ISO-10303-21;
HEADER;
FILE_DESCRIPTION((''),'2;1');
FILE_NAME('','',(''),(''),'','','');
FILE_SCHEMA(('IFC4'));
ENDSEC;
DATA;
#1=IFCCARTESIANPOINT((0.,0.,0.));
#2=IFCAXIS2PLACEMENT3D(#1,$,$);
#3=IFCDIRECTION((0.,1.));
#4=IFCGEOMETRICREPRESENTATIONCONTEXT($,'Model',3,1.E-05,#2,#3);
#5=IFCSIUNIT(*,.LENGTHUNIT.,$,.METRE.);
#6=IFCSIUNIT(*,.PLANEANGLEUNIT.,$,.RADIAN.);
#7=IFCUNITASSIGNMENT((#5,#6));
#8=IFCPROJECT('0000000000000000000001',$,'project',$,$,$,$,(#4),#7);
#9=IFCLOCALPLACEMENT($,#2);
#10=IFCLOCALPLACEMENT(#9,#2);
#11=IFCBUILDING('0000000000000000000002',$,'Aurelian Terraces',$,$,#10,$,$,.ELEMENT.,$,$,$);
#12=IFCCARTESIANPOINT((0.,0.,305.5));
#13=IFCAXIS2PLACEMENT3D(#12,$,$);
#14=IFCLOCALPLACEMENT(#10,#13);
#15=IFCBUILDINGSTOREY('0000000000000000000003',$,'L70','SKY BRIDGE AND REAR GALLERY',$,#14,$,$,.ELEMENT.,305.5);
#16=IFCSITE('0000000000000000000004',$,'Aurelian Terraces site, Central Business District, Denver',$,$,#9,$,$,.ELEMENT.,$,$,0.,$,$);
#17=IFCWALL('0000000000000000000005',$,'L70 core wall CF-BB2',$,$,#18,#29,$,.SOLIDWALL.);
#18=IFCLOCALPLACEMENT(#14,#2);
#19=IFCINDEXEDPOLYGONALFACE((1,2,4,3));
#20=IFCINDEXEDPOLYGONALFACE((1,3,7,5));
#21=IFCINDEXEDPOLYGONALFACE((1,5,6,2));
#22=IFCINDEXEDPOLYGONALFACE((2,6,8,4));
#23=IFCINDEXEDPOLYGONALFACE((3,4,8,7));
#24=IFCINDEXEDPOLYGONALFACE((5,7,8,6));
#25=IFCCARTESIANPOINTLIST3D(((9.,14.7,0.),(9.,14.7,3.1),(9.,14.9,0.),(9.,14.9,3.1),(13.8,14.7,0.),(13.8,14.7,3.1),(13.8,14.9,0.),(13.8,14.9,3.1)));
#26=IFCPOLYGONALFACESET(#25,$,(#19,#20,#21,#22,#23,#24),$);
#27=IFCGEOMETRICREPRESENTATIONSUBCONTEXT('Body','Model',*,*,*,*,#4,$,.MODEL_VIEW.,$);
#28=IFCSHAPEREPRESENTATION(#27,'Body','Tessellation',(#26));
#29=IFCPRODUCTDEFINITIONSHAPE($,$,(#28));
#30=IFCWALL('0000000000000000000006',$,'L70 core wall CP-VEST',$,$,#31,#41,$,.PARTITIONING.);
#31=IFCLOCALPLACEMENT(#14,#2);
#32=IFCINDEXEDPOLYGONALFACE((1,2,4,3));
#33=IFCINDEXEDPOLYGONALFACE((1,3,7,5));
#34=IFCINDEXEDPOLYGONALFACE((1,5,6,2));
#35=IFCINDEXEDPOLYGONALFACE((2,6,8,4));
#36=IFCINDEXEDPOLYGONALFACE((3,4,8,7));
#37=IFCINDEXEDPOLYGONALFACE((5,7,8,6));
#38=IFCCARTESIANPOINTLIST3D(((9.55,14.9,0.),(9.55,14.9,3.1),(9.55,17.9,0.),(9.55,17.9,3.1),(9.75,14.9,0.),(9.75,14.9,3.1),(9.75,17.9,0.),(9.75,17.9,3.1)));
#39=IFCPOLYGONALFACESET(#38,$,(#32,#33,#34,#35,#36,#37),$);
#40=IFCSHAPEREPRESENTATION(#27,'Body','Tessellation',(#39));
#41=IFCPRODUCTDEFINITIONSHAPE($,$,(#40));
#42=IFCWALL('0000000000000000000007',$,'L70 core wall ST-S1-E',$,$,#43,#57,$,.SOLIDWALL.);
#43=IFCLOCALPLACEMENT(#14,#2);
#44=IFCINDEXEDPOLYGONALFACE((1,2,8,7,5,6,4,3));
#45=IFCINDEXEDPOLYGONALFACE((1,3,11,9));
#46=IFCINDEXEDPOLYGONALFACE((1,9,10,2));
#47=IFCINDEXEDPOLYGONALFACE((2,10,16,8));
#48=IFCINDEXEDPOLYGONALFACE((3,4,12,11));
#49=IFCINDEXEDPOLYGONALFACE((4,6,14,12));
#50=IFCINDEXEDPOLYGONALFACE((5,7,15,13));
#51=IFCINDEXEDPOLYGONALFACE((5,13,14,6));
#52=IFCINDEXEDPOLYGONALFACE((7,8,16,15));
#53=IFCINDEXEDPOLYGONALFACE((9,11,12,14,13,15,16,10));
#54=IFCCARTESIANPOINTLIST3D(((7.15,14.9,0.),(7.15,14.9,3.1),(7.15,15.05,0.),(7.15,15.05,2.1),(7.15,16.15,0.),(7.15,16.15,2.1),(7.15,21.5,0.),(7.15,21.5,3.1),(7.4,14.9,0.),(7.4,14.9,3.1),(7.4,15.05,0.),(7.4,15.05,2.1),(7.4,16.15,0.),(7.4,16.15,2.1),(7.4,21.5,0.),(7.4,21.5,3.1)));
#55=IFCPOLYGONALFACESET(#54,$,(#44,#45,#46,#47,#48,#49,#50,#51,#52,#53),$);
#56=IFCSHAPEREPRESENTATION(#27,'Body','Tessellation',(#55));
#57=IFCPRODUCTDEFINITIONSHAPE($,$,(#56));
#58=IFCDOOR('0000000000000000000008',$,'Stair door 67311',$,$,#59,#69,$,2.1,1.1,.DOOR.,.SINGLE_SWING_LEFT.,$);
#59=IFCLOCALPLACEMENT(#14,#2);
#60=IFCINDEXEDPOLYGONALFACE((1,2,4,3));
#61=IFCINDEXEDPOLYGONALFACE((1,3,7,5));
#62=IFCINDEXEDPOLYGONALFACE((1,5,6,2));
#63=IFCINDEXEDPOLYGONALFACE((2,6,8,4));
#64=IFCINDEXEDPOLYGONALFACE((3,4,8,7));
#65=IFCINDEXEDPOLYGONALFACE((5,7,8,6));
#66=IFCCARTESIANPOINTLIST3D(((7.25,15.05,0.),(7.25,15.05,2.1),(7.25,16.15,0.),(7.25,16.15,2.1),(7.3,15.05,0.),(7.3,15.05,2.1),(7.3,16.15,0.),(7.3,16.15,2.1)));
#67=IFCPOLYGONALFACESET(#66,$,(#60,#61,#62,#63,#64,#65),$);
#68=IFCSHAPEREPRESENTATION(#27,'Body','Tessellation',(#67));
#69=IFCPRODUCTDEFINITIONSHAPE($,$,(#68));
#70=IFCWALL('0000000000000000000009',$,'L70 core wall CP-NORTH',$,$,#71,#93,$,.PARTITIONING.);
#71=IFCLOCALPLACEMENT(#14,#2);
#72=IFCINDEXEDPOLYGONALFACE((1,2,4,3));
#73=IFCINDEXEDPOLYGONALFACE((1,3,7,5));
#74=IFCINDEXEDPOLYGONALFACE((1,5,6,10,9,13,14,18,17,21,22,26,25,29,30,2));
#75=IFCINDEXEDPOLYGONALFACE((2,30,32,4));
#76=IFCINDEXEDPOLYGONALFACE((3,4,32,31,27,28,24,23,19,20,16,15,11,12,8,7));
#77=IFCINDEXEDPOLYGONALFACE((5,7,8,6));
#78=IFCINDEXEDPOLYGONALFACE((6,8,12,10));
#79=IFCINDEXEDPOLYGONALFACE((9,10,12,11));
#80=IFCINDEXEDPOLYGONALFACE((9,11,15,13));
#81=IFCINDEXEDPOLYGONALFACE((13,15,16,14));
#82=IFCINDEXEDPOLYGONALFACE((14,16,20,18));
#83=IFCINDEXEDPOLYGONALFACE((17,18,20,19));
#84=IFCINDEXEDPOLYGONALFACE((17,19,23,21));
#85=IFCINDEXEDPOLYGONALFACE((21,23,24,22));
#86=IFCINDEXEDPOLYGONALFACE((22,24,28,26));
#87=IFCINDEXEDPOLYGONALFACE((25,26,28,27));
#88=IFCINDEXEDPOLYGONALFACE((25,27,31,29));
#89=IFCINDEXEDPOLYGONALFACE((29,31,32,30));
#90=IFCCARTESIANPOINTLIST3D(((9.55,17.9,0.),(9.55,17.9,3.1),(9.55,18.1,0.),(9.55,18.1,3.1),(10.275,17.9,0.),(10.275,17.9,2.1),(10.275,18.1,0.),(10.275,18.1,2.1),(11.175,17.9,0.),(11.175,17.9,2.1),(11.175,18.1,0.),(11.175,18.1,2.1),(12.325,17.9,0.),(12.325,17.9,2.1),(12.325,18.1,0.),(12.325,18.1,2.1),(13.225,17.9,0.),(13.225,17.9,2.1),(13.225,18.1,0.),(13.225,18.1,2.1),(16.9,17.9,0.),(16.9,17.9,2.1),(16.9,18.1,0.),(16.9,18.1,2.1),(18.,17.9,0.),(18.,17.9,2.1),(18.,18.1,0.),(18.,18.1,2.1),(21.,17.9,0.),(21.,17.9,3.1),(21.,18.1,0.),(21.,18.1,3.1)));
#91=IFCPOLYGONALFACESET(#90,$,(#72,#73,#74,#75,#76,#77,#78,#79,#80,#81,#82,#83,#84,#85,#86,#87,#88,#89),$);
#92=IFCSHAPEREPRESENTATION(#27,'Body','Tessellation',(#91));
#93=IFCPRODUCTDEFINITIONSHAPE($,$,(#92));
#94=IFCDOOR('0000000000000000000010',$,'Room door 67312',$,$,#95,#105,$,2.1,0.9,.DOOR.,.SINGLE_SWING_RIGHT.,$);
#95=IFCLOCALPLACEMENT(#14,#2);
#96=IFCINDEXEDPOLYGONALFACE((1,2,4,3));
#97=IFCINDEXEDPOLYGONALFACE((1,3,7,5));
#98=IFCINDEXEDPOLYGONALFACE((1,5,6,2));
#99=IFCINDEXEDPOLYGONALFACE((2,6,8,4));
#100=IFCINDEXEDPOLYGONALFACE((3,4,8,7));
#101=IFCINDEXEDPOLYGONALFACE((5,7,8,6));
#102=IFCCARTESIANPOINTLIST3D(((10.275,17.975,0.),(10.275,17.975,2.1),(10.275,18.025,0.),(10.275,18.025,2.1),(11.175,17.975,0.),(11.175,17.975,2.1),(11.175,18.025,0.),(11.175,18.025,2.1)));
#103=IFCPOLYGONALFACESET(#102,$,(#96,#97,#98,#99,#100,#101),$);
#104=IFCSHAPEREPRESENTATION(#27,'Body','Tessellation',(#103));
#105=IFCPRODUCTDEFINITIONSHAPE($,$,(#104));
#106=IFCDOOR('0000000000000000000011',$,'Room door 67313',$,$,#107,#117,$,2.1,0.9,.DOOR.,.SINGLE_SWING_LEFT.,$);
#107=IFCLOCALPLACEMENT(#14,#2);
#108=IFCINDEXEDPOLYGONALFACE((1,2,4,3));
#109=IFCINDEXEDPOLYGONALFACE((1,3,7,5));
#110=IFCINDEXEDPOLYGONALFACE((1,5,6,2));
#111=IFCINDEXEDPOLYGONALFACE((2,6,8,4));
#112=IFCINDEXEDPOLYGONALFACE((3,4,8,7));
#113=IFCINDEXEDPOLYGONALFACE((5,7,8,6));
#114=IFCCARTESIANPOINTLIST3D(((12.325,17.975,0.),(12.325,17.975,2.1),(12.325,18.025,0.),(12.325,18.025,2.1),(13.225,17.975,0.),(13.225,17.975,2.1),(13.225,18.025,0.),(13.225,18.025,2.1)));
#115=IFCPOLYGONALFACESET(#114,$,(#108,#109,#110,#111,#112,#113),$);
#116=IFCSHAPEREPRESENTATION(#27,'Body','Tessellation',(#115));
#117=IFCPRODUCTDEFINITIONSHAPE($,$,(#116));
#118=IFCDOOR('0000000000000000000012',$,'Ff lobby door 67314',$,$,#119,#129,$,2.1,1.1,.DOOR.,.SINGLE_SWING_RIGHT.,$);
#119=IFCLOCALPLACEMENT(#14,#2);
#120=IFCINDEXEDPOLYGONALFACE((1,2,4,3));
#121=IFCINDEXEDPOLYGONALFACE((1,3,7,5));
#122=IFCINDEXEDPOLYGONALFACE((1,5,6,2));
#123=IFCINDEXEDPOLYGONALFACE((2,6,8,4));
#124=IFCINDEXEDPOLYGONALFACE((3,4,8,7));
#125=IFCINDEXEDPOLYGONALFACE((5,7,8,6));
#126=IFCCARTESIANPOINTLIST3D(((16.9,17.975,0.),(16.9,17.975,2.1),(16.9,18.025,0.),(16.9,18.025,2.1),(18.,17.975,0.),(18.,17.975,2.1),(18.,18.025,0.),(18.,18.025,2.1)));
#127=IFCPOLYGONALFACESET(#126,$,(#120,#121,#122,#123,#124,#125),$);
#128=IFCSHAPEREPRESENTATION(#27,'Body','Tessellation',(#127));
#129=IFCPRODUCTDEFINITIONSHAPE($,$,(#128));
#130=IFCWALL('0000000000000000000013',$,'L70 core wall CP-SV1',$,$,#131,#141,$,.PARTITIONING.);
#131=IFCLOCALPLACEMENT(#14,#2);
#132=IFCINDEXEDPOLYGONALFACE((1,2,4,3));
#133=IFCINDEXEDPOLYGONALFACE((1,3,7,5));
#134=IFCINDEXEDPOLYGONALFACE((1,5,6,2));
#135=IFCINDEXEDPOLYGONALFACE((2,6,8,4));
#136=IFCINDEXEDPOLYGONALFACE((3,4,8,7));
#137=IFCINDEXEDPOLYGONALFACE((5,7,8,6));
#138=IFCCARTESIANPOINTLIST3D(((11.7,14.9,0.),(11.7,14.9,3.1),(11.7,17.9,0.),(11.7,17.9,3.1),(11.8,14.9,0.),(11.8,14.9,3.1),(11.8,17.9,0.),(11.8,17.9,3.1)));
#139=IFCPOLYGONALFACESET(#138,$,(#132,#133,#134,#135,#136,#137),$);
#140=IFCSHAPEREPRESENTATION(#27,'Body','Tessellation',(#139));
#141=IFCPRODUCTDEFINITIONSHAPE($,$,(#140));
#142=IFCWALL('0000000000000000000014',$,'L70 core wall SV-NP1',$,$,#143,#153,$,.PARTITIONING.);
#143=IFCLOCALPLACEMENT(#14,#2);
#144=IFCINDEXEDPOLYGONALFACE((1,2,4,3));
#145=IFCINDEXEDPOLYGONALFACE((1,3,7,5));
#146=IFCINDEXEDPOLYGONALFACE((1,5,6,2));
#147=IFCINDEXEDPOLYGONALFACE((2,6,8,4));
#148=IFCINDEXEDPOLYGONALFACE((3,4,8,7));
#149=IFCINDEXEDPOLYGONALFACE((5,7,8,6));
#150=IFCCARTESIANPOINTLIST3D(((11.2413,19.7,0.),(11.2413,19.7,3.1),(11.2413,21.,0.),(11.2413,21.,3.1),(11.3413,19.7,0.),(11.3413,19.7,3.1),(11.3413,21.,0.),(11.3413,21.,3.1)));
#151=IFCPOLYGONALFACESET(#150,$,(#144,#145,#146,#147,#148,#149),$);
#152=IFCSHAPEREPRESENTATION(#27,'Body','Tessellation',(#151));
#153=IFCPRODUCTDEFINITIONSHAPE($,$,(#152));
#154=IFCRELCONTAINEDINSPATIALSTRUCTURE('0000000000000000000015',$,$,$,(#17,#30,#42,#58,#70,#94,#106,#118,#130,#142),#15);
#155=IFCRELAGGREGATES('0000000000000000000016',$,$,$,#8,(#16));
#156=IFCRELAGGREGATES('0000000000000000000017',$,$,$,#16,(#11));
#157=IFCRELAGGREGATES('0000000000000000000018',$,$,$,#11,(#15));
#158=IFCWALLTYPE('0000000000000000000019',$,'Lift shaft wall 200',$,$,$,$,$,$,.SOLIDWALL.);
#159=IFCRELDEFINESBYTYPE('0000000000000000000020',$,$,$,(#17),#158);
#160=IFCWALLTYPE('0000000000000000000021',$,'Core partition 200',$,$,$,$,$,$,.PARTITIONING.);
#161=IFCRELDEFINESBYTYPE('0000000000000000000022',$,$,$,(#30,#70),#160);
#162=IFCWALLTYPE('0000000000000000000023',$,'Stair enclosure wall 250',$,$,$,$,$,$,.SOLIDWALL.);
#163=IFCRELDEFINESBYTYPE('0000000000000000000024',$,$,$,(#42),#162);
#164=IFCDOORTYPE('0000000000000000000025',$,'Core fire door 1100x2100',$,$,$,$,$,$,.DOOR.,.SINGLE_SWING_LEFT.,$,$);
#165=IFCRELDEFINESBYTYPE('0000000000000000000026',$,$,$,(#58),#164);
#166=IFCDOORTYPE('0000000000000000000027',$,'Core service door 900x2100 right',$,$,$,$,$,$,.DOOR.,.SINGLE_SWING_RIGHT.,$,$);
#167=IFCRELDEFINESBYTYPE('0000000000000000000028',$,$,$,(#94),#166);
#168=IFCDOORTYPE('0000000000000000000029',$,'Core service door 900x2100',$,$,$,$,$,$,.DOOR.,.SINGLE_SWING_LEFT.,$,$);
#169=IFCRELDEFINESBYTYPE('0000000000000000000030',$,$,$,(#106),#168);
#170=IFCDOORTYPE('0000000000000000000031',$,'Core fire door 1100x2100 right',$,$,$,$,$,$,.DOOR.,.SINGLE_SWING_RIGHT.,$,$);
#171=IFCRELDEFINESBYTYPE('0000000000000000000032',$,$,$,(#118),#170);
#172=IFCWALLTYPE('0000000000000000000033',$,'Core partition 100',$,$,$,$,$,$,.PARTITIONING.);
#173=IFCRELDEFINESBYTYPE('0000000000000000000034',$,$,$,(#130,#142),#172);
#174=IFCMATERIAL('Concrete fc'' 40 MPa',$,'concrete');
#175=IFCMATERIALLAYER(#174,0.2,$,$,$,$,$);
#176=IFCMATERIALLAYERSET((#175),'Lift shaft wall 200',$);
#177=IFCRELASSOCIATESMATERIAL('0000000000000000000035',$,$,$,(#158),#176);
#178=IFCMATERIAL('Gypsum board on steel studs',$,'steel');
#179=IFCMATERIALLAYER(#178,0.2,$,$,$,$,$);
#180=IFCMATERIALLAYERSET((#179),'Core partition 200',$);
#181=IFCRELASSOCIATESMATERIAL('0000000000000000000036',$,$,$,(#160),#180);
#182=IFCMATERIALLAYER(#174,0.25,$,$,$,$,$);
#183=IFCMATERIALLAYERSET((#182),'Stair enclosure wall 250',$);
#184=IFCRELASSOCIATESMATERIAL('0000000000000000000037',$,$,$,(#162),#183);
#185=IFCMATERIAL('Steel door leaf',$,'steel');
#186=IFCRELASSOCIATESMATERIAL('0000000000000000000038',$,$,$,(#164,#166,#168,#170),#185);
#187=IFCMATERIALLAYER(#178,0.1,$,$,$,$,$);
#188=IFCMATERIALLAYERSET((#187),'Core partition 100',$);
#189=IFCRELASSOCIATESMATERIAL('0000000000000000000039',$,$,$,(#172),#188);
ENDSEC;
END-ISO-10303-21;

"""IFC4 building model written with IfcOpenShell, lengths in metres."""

from ifc_helpers import new_model, si_unit, direction, frame, frame_2d, origin, place, context, subcontext, project, spatial, rectangle, extrude, source, transform, mapped, material, layer, layer_set, type_object, element, fill, save


model = new_model("IFC4")

# Units and contexts
model_context = context("Model", 3, precision=1e-05, world=origin(), true_north=direction((0.0, 1.0)))
body_context = subcontext(model_context, "Body", "Model", "MODEL_VIEW")
ifc_project = project(units=[si_unit("LENGTHUNIT", "METRE"), si_unit("PLANEANGLEUNIT", "RADIAN")], contexts=[model_context])

# Site, building, storey
site_placement = place(None, origin())
site = spatial("IfcSite", under=ifc_project, at=site_placement, Name="Aurelian Terraces site, Central Business District, Denver", CompositionType="ELEMENT", RefElevation=0.0)
building_placement = place(site_placement, origin())
building = spatial("IfcBuilding", under=site, at=building_placement, Name="Aurelian Terraces", CompositionType="ELEMENT")
storey_placement = place(building_placement, frame((0.0, 0.0, 305.5)))
storey = spatial("IfcBuildingStorey", under=building, at=storey_placement, Name="L70", Description="SKY BRIDGE AND REAR GALLERY", CompositionType="ELEMENT", Elevation=305.5)

# Walls
ifc_material_1 = material(Name="Concrete fc' 40 MPa", Category="concrete")
ifc_layer_1 = layer(ifc_material_1, 0.2)
ifc_layer_set_1 = layer_set([ifc_layer_1], Name="Lift shaft wall 200")
wall_type_1 = type_object("IfcWallType", Name="Lift shaft wall 200", PredefinedType="SOLIDWALL", material=ifc_layer_set_1)
shared_shape_1 = source(origin(), body_context, "Body", "SweptSolid", [
    extrude(rectangle(XDim=4.8, YDim=0.2, at=frame_2d((2.4, 0.0))), origin(), (0.0, 0.0, 1.0), 3.1),
])
wall_1_placement = place(storey_placement, frame((9.0, 14.8, 0.0), z_axis=(0.0, 0.0, 1.0), x_axis=(1.0, 0.0, 0.0)))
element("IfcWall", 1, at=wall_1_placement, inside=storey, type_object=wall_type_1, Name="L70 core wall CF-BB2", PredefinedType="SOLIDWALL", context=body_context, shape_type="MappedRepresentation", body=[
    mapped(shared_shape_1, transform((0.0, 0.0, 0.0), scale=1.0)),
])
ifc_material_2 = material(Name="Gypsum board on steel studs", Category="steel")
ifc_layer_2 = layer(ifc_material_2, 0.2)
ifc_layer_set_2 = layer_set([ifc_layer_2], Name="Core partition 200")
wall_type_2 = type_object("IfcWallType", Name="Core partition 200", PredefinedType="PARTITIONING", material=ifc_layer_set_2)
shared_shape_2 = source(origin(), body_context, "Body", "SweptSolid", [
    extrude(rectangle(XDim=3.0, YDim=0.2, at=frame_2d((1.5, 0.0))), origin(), (0.0, 0.0, 1.0), 3.1),
])
wall_2_placement = place(storey_placement, frame((9.65, 14.9, 0.0), z_axis=(0.0, 0.0, 1.0), x_axis=(0.0, 1.0, 0.0)))
element("IfcWall", 2, at=wall_2_placement, inside=storey, type_object=wall_type_2, Name="L70 core wall CP-VEST", PredefinedType="PARTITIONING", context=body_context, shape_type="MappedRepresentation", body=[
    mapped(shared_shape_2, transform((0.0, 0.0, 0.0), scale=1.0)),
])

# Wall, opening, door
ifc_layer_3 = layer(ifc_material_1, 0.25)
ifc_layer_set_3 = layer_set([ifc_layer_3], Name="Stair enclosure wall 250")
wall_type_3 = type_object("IfcWallType", Name="Stair enclosure wall 250", PredefinedType="SOLIDWALL", material=ifc_layer_set_3)
shared_shape_3 = source(origin(), body_context, "Body", "SweptSolid", [
    extrude(rectangle(XDim=6.6, YDim=0.25, at=frame_2d((3.3, 0.0))), origin(), (0.0, 0.0, 1.0), 3.1),
])
wall_3_placement = place(storey_placement, frame((7.275, 14.9, 0.0), z_axis=(0.0, 0.0, 1.0), x_axis=(0.0, 1.0, 0.0)))
wall_3 = element("IfcWall", 3, at=wall_3_placement, inside=storey, type_object=wall_type_3, Name="L70 core wall ST-S1-E", PredefinedType="SOLIDWALL", context=body_context, shape_type="MappedRepresentation", body=[
    mapped(shared_shape_3, transform((0.0, 0.0, 0.0), scale=1.0)),
])
shared_shape_4 = source(origin(), body_context, "Body", "SweptSolid", [
    extrude(rectangle(XDim=1.1, YDim=2.1, at=frame_2d((0.55, 1.05))), frame((0.0, 0.135, 0.0), z_axis=(0.0, -1.0, 0.0), x_axis=(1.0, 0.0, 0.0)), (0.0, 0.0, 1.0), 0.27),
])
opening_1_placement = place(wall_3_placement, frame((0.15, 0.0, 0.0)))
opening_1 = element("IfcOpeningElement", 4, at=opening_1_placement, cuts=wall_3, PredefinedType="OPENING", context=body_context, shape_type="MappedRepresentation", body=[
    mapped(shared_shape_4, transform((0.0, 0.0, 0.0), scale=1.0)),
])
ifc_material_3 = material(Name="Steel door leaf", Category="steel")
door_type_1 = type_object("IfcDoorType", Name="Core fire door 1100x2100", OperationType="SINGLE_SWING_LEFT", PredefinedType="DOOR", material=ifc_material_3)
shared_shape_5 = source(origin(), body_context, "Body", "SweptSolid", [
    extrude(rectangle(XDim=1.1, YDim=2.1, at=frame_2d((0.55, 1.05))), frame((0.0, 0.025, 0.0), z_axis=(0.0, -1.0, 0.0), x_axis=(1.0, 0.0, 0.0)), (0.0, 0.0, 1.0), 0.05),
])
door_1_placement = place(opening_1_placement, origin())
door_1 = element("IfcDoor", 5, at=door_1_placement, inside=storey, type_object=door_type_1, Name="Stair door 67311", OperationType="SINGLE_SWING_LEFT", OverallHeight=2.1, OverallWidth=1.1, PredefinedType="DOOR", context=body_context, shape_type="MappedRepresentation", body=[
    mapped(shared_shape_5, transform((0.0, 0.0, 0.0), scale=1.0)),
])
fill(opening_1, door_1)

# Wall, openings, doors
shared_shape_6 = source(origin(), body_context, "Body", "SweptSolid", [
    extrude(rectangle(XDim=11.45, YDim=0.2, at=frame_2d((5.725, 0.0))), origin(), (0.0, 0.0, 1.0), 3.1),
])
wall_4_placement = place(storey_placement, frame((9.55, 18.0, 0.0), z_axis=(0.0, 0.0, 1.0), x_axis=(1.0, 0.0, 0.0)))
wall_4 = element("IfcWall", 6, at=wall_4_placement, inside=storey, type_object=wall_type_2, Name="L70 core wall CP-NORTH", PredefinedType="PARTITIONING", context=body_context, shape_type="MappedRepresentation", body=[
    mapped(shared_shape_6, transform((0.0, 0.0, 0.0), scale=1.0)),
])
shared_shape_7 = source(origin(), body_context, "Body", "SweptSolid", [
    extrude(rectangle(XDim=0.9, YDim=2.1, at=frame_2d((0.45, 1.05))), frame((0.0, 0.11, 0.0), z_axis=(0.0, -1.0, 0.0), x_axis=(1.0, 0.0, 0.0)), (0.0, 0.0, 1.0), 0.22),
])
opening_2_placement = place(wall_4_placement, frame((0.725, 0.0, 0.0)))
opening_2 = element("IfcOpeningElement", 7, at=opening_2_placement, cuts=wall_4, PredefinedType="OPENING", context=body_context, shape_type="MappedRepresentation", body=[
    mapped(shared_shape_7, transform((0.0, 0.0, 0.0), scale=1.0)),
])
opening_3_placement = place(wall_4_placement, frame((2.775, 0.0, 0.0)))
opening_3 = element("IfcOpeningElement", 8, at=opening_3_placement, cuts=wall_4, PredefinedType="OPENING", context=body_context, shape_type="MappedRepresentation", body=[
    mapped(shared_shape_7, transform((0.0, 0.0, 0.0), scale=1.0)),
])
shared_shape_8 = source(origin(), body_context, "Body", "SweptSolid", [
    extrude(rectangle(XDim=1.1, YDim=2.1, at=frame_2d((0.55, 1.05))), frame((0.0, 0.11, 0.0), z_axis=(0.0, -1.0, 0.0), x_axis=(1.0, 0.0, 0.0)), (0.0, 0.0, 1.0), 0.22),
])
opening_4_placement = place(wall_4_placement, frame((7.35, 0.0, 0.0)))
opening_4 = element("IfcOpeningElement", 9, at=opening_4_placement, cuts=wall_4, PredefinedType="OPENING", context=body_context, shape_type="MappedRepresentation", body=[
    mapped(shared_shape_8, transform((0.0, 0.0, 0.0), scale=1.0)),
])
door_type_2 = type_object("IfcDoorType", Name="Core service door 900x2100 right", OperationType="SINGLE_SWING_RIGHT", PredefinedType="DOOR", material=ifc_material_3)
shared_shape_9 = source(origin(), body_context, "Body", "SweptSolid", [
    extrude(rectangle(XDim=0.9, YDim=2.1, at=frame_2d((0.45, 1.05))), frame((0.0, 0.025, 0.0), z_axis=(0.0, -1.0, 0.0), x_axis=(1.0, 0.0, 0.0)), (0.0, 0.0, 1.0), 0.05),
])
door_2_placement = place(opening_2_placement, origin())
door_2 = element("IfcDoor", 10, at=door_2_placement, inside=storey, type_object=door_type_2, Name="Room door 67312", OperationType="SINGLE_SWING_RIGHT", OverallHeight=2.1, OverallWidth=0.9, PredefinedType="DOOR", context=body_context, shape_type="MappedRepresentation", body=[
    mapped(shared_shape_9, transform((0.0, 0.0, 0.0), scale=1.0)),
])
fill(opening_2, door_2)
door_type_3 = type_object("IfcDoorType", Name="Core service door 900x2100", OperationType="SINGLE_SWING_LEFT", PredefinedType="DOOR", material=ifc_material_3)
door_3_placement = place(opening_3_placement, origin())
door_3 = element("IfcDoor", 11, at=door_3_placement, inside=storey, type_object=door_type_3, Name="Room door 67313", OperationType="SINGLE_SWING_LEFT", OverallHeight=2.1, OverallWidth=0.9, PredefinedType="DOOR", context=body_context, shape_type="MappedRepresentation", body=[
    mapped(shared_shape_9, transform((0.0, 0.0, 0.0), scale=1.0)),
])
fill(opening_3, door_3)
door_type_4 = type_object("IfcDoorType", Name="Core fire door 1100x2100 right", OperationType="SINGLE_SWING_RIGHT", PredefinedType="DOOR", material=ifc_material_3)
door_4_placement = place(opening_4_placement, origin())
door_4 = element("IfcDoor", 12, at=door_4_placement, inside=storey, type_object=door_type_4, Name="Ff lobby door 67314", OperationType="SINGLE_SWING_RIGHT", OverallHeight=2.1, OverallWidth=1.1, PredefinedType="DOOR", context=body_context, shape_type="MappedRepresentation", body=[
    mapped(shared_shape_5, transform((0.0, 0.0, 0.0), scale=1.0)),
])
fill(opening_4, door_4)

# Walls
ifc_layer_4 = layer(ifc_material_2, 0.1)
ifc_layer_set_4 = layer_set([ifc_layer_4], Name="Core partition 100")
wall_type_4 = type_object("IfcWallType", Name="Core partition 100", PredefinedType="PARTITIONING", material=ifc_layer_set_4)
shared_shape_10 = source(origin(), body_context, "Body", "SweptSolid", [
    extrude(rectangle(XDim=3.0, YDim=0.1, at=frame_2d((1.5, 0.0))), origin(), (0.0, 0.0, 1.0), 3.1),
])
wall_5_placement = place(storey_placement, frame((11.75, 14.9, 0.0), z_axis=(0.0, 0.0, 1.0), x_axis=(0.0, 1.0, 0.0)))
element("IfcWall", 13, at=wall_5_placement, inside=storey, type_object=wall_type_4, Name="L70 core wall CP-SV1", PredefinedType="PARTITIONING", context=body_context, shape_type="MappedRepresentation", body=[
    mapped(shared_shape_10, transform((0.0, 0.0, 0.0), scale=1.0)),
])
shared_shape_11 = source(origin(), body_context, "Body", "SweptSolid", [
    extrude(rectangle(XDim=1.3, YDim=0.1, at=frame_2d((0.65, 0.0))), origin(), (0.0, 0.0, 1.0), 3.1),
])
for number, where, z_axis, x_axis, name in (
    (14, (11.2913, 19.7, 0.0), (0.0, 0.0, 1.0), (0.0, 1.0, 0.0), "L70 core wall SV-NP1"),
):
    element("IfcWall", number, at=place(storey_placement, frame(where, z_axis=z_axis, x_axis=x_axis)), inside=storey, type_object=wall_type_4, Name=name, PredefinedType="PARTITIONING", context=body_context, shape_type="MappedRepresentation", body=[
        mapped(shared_shape_11, transform((0.0, 0.0, 0.0), scale=1.0)),
    ])

save(model, "model.ifc")
